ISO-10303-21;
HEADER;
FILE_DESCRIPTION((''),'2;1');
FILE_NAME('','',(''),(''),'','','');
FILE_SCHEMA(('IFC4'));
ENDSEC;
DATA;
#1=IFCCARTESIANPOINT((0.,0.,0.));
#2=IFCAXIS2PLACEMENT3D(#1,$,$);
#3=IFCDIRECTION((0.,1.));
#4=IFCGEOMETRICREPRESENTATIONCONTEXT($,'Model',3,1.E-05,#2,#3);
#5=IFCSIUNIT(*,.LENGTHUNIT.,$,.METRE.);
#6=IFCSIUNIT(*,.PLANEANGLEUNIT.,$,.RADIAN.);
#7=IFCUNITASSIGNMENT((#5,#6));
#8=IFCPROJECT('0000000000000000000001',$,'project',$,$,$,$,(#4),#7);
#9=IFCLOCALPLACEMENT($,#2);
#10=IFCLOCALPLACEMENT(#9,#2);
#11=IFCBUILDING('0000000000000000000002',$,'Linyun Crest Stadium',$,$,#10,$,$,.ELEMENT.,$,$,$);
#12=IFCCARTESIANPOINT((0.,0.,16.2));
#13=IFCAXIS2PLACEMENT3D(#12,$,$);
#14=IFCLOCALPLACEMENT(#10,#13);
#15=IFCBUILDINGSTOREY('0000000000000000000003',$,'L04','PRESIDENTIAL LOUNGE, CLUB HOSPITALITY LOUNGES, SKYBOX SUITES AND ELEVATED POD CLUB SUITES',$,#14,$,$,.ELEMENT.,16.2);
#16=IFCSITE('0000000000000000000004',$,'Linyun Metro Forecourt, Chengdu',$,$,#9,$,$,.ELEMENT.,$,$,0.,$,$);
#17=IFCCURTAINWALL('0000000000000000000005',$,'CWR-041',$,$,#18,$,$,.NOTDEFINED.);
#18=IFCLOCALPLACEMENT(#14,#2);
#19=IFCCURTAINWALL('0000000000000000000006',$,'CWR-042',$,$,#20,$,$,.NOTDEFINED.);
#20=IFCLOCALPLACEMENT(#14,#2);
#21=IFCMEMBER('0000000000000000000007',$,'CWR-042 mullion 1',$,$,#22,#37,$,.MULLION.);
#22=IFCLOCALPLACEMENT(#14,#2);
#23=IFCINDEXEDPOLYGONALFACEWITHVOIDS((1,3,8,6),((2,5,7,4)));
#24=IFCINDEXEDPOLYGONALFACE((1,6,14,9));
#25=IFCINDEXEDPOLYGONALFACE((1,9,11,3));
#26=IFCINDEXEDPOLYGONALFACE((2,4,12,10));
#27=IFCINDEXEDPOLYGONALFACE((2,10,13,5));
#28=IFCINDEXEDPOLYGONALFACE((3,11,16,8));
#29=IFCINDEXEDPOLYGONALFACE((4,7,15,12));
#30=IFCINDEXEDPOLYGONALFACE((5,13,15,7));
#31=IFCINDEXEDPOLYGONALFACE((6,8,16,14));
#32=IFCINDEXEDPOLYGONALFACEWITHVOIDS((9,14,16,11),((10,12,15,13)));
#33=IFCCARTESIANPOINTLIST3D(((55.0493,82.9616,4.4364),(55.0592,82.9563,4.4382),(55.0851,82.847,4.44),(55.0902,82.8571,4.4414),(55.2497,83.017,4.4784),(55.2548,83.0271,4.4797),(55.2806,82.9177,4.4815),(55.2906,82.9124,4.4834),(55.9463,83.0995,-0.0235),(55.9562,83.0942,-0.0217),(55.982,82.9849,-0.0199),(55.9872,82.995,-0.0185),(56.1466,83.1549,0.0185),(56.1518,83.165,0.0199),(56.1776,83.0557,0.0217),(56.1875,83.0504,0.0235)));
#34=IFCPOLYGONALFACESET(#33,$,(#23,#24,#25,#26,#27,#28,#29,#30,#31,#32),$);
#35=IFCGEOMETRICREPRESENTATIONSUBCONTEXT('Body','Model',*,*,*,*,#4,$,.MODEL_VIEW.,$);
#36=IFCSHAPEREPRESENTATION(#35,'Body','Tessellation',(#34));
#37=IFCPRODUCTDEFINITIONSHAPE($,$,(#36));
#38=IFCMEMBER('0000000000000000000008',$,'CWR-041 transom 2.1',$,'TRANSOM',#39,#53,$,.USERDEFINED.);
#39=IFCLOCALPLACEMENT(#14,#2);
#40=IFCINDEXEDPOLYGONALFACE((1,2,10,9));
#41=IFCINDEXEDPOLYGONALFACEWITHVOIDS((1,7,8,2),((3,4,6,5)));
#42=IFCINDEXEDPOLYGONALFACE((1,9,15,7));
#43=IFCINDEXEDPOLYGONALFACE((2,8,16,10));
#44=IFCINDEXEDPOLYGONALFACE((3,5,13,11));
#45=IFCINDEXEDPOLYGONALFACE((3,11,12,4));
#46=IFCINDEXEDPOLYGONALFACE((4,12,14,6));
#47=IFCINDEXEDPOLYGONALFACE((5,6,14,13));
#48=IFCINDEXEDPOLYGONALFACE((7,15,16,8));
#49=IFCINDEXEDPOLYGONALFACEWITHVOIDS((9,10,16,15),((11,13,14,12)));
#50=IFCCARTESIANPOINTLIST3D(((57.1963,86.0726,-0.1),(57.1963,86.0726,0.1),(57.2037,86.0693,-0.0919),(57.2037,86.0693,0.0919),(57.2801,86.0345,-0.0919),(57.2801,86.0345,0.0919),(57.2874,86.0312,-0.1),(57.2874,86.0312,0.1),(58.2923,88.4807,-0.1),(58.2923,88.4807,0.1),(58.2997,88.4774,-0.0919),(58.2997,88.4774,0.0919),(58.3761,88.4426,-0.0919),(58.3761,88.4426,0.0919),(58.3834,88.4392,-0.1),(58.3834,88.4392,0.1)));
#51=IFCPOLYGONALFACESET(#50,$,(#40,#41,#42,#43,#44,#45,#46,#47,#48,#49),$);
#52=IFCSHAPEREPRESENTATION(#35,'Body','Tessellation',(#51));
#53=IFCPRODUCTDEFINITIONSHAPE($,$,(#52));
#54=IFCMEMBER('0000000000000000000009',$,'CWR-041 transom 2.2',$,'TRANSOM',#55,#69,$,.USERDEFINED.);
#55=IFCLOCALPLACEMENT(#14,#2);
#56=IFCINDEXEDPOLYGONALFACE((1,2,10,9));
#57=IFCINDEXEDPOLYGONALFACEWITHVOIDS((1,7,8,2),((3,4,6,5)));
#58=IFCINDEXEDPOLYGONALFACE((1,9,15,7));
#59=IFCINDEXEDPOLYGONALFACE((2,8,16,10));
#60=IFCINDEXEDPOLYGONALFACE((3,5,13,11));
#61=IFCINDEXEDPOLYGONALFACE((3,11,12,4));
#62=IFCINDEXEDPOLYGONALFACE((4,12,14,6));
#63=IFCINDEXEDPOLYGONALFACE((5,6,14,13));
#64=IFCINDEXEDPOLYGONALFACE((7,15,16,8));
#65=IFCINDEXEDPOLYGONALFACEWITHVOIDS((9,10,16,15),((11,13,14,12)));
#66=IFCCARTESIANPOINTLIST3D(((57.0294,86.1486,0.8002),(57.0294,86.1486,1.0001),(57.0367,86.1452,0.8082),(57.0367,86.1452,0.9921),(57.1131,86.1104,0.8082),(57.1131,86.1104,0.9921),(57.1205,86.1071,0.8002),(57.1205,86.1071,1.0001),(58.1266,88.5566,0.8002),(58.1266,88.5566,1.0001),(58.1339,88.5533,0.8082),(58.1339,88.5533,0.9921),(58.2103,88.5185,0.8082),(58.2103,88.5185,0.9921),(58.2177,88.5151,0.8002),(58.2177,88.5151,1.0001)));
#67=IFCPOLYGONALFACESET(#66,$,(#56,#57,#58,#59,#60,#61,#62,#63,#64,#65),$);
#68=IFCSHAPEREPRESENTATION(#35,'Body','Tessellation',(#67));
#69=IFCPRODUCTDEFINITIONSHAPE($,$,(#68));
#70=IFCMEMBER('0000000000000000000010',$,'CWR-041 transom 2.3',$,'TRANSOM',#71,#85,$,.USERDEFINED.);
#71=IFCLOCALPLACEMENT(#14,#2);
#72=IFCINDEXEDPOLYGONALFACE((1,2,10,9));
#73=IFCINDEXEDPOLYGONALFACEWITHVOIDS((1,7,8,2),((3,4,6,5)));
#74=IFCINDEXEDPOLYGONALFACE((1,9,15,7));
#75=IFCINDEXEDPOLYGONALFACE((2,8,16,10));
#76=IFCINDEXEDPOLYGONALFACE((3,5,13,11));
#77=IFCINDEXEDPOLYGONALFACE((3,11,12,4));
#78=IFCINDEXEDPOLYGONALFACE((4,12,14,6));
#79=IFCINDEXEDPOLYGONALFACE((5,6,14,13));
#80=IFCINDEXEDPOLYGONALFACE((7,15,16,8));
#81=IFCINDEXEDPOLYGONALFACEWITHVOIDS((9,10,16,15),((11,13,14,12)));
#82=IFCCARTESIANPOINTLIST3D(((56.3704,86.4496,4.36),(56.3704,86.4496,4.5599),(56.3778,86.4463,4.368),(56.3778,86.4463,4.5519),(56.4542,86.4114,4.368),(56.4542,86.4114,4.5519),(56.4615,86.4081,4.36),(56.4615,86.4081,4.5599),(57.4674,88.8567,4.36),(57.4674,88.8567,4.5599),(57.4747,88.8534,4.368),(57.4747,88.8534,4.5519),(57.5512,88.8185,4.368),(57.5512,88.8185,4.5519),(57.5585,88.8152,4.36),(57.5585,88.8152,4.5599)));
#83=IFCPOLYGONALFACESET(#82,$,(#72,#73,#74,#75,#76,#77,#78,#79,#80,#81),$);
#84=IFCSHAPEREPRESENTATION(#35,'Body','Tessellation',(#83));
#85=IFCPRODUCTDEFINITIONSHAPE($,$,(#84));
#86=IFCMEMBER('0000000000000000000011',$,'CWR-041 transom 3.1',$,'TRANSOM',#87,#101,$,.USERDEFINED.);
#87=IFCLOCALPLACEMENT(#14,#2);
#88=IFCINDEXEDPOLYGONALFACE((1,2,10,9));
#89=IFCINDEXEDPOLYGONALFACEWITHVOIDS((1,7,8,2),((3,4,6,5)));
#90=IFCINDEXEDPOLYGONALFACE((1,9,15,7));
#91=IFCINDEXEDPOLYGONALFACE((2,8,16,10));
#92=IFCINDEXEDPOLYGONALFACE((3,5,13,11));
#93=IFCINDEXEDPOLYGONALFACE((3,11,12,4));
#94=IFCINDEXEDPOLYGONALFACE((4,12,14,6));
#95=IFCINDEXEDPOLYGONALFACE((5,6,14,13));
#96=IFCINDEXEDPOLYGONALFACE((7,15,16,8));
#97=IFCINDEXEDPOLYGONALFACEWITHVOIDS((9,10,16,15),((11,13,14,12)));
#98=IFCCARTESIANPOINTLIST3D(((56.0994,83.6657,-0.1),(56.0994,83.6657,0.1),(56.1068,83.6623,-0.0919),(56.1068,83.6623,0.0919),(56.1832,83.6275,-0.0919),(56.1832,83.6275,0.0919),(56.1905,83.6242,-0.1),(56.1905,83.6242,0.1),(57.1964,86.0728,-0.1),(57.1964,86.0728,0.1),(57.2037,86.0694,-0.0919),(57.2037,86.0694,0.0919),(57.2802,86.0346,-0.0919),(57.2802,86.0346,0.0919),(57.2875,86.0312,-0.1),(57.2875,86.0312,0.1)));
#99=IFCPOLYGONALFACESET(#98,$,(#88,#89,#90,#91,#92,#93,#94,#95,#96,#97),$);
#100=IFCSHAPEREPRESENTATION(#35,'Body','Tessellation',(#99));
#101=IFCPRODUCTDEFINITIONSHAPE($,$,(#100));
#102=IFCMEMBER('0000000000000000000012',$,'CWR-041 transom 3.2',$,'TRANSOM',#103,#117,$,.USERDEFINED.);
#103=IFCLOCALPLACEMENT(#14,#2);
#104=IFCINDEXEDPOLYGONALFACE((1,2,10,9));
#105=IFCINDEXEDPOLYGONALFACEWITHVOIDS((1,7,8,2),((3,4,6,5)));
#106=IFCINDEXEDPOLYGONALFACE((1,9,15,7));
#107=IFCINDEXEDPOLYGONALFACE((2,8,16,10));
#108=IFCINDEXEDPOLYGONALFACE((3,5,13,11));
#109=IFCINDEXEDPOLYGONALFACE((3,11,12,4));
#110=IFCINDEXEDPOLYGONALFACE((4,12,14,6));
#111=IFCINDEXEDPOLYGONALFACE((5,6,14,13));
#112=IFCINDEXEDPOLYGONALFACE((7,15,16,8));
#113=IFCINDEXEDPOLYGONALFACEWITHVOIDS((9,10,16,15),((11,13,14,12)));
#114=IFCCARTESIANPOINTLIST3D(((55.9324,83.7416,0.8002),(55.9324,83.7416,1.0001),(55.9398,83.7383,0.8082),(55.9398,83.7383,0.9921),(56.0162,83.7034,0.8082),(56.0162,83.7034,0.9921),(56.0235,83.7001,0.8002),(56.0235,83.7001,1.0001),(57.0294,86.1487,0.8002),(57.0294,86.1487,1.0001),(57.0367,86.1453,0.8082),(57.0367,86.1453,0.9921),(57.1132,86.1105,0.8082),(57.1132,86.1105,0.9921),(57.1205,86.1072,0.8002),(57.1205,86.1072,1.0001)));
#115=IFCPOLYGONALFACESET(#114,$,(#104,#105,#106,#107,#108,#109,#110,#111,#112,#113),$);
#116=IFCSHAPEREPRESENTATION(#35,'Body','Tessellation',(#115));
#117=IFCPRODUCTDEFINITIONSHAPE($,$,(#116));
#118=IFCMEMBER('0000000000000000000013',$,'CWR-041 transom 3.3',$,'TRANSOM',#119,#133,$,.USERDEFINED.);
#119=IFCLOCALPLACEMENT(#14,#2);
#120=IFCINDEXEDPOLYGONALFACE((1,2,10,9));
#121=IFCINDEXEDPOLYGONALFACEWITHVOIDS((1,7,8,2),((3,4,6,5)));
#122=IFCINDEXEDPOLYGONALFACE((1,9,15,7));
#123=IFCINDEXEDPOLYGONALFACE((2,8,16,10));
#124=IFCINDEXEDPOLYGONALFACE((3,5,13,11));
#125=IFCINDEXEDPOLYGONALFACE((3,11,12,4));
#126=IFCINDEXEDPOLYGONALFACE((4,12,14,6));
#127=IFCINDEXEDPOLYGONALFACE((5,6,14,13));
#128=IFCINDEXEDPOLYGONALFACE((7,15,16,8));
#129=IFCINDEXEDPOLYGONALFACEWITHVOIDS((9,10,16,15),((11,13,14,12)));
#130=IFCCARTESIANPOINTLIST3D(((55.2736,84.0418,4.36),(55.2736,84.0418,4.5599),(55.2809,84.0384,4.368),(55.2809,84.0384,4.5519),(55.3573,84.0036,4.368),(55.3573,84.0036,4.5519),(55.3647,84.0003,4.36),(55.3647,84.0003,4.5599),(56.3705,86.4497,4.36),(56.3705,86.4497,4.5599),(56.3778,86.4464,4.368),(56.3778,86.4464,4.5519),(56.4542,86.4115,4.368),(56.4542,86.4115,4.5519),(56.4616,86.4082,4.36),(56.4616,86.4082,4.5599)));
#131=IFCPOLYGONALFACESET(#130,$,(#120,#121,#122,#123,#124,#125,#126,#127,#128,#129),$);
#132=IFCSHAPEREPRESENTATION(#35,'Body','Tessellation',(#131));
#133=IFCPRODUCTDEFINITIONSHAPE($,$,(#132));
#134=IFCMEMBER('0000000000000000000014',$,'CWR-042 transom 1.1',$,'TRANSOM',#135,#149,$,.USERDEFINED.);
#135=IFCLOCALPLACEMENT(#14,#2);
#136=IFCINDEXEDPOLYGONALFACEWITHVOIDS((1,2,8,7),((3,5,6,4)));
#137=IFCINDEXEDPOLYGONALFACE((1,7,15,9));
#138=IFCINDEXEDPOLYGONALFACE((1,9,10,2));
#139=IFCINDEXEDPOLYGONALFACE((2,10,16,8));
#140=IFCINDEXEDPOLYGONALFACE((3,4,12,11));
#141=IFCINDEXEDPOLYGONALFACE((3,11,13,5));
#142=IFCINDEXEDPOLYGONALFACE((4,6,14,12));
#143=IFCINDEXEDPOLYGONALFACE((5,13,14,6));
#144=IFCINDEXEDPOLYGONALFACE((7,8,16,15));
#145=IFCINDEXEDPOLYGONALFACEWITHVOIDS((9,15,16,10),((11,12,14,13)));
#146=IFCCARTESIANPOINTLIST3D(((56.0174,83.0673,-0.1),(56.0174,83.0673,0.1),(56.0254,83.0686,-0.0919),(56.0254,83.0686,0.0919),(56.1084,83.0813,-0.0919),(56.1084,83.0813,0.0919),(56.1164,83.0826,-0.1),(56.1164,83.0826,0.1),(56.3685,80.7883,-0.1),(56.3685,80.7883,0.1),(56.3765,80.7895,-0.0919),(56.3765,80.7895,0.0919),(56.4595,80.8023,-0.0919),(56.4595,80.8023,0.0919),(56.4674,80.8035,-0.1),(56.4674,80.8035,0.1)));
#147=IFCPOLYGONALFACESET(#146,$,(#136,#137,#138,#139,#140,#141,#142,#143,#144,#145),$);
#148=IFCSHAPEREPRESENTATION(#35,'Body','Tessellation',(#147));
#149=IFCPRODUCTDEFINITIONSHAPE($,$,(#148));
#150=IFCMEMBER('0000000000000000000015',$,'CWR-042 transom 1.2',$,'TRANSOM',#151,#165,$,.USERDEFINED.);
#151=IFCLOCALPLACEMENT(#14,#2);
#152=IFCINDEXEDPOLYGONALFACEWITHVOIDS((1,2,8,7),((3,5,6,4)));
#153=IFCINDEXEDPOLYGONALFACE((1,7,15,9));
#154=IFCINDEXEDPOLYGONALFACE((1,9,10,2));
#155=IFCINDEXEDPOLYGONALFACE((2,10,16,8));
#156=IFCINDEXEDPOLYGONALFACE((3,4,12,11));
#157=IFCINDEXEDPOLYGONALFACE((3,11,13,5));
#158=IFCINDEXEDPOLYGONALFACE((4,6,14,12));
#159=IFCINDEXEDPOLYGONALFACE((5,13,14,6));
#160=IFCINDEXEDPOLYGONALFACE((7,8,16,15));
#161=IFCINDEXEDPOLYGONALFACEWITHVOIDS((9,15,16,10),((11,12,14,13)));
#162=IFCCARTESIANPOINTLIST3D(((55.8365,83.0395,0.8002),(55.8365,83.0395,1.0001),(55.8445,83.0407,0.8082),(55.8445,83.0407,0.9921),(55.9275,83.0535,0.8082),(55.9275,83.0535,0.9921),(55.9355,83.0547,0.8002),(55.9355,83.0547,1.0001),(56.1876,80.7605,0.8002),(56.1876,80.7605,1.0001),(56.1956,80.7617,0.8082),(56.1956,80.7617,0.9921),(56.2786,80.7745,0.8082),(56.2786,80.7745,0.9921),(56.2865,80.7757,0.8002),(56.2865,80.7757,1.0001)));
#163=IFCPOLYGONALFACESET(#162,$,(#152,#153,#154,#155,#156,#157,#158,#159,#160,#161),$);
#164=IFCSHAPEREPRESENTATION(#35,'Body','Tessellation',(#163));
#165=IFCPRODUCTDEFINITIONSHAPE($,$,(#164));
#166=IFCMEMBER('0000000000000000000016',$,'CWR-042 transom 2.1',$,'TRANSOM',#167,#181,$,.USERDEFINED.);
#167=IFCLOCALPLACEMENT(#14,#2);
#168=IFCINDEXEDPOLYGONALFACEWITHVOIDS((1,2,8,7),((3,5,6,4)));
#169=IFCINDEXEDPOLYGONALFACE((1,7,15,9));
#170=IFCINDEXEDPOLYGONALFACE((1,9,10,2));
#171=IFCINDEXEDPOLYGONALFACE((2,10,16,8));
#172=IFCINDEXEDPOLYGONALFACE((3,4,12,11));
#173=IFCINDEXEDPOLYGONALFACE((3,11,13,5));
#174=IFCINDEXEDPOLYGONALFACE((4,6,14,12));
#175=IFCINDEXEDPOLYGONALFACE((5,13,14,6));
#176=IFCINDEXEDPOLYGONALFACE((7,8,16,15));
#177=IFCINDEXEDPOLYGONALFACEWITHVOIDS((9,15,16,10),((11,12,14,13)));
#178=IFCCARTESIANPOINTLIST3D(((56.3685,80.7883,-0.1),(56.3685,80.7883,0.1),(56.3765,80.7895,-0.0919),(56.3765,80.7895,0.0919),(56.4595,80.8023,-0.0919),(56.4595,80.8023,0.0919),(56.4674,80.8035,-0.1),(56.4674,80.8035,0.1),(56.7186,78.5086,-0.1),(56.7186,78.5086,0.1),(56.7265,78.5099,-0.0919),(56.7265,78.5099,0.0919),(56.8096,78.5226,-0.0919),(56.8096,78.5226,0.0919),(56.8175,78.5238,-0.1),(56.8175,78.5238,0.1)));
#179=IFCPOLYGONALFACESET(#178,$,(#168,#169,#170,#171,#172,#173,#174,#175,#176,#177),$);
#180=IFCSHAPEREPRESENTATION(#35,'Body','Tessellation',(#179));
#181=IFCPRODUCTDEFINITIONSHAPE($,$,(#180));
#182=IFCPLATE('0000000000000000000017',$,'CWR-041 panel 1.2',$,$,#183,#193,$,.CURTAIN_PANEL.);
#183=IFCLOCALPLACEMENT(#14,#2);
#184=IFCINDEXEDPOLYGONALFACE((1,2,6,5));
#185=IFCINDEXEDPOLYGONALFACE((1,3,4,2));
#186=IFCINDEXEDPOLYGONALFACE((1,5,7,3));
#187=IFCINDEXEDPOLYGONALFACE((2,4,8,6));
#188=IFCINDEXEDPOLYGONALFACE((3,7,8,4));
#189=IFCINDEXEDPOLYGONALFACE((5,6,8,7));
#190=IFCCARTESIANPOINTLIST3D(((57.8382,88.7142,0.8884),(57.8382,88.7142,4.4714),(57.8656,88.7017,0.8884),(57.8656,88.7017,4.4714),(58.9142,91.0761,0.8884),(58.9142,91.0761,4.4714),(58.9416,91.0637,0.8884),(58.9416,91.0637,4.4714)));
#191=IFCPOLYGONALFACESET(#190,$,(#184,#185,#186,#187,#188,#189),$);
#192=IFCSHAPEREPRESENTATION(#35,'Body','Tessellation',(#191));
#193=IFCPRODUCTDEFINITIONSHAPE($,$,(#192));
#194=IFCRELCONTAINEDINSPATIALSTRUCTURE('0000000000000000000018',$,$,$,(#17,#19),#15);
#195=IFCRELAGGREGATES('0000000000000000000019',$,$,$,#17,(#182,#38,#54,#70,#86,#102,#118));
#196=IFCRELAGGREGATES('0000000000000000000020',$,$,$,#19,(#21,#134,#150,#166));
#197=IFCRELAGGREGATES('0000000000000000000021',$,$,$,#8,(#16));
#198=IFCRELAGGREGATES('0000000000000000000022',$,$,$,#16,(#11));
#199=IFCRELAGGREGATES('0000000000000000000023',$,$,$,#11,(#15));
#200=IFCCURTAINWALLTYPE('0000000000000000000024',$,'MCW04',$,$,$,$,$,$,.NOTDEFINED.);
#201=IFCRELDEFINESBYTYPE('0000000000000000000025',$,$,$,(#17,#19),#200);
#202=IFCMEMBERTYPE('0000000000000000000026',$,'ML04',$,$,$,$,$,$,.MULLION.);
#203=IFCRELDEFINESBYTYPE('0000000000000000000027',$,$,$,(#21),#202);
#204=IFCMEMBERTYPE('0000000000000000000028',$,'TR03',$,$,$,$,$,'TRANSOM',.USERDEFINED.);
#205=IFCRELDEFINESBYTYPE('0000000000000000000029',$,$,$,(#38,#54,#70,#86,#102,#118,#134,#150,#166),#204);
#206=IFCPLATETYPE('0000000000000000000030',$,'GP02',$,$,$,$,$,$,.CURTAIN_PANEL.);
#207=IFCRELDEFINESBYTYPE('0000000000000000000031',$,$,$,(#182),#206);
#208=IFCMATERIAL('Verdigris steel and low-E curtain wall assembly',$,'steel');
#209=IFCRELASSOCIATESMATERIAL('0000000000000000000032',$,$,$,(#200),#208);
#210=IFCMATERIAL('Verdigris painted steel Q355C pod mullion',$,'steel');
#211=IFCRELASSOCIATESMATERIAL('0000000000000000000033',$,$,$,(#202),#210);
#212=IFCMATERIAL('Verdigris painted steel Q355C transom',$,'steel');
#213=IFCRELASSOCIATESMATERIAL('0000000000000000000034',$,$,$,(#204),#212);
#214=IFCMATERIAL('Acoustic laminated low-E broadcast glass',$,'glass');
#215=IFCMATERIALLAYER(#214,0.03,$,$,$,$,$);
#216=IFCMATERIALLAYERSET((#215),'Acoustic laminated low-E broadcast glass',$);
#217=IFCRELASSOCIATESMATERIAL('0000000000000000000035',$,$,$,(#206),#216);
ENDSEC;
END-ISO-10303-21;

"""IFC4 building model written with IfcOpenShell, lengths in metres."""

from ifc_helpers import new_model, si_unit, direction, frame, origin, origin_2d, place, context, subcontext, project, spatial, rectangle, hollow_rectangle, extrude, material, layer, layer_set, material_profile, profile_set, type_object, element, aggregate, save


model = new_model("IFC4")

# Units and contexts
model_context = context("Model", 3, precision=1e-05, world=origin(), true_north=direction((0.0, 1.0)))
body_context = subcontext(model_context, "Body", "Model", "MODEL_VIEW")
ifc_project = project(units=[si_unit("LENGTHUNIT", "METRE"), si_unit("PLANEANGLEUNIT", "RADIAN")], contexts=[model_context])

# Site, building, storey
site_placement = place(None, origin())
site = spatial("IfcSite", under=ifc_project, at=site_placement, Name="Linyun Metro Forecourt, Chengdu", CompositionType="ELEMENT", RefElevation=0.0)
building_placement = place(site_placement, origin())
building = spatial("IfcBuilding", under=site, at=building_placement, Name="Linyun Crest Stadium", CompositionType="ELEMENT")
storey_placement = place(building_placement, frame((0.0, 0.0, 16.2)))
storey = spatial("IfcBuildingStorey", under=building, at=storey_placement, Name="L04", Description="PRESIDENTIAL LOUNGE, CLUB HOSPITALITY LOUNGES, SKYBOX SUITES AND ELEVATED POD CLUB SUITES", CompositionType="ELEMENT", Elevation=16.2)

# Curtain wall
ifc_material_1 = material(Name="Verdigris steel and low-E curtain wall assembly", Category="steel")
curtain_wall_type = type_object("IfcCurtainWallType", Name="MCW04", PredefinedType="NOTDEFINED", material=ifc_material_1)
curtain_wall_1_placement = place(storey_placement, origin())
curtain_wall_1 = element("IfcCurtainWall", 1, at=curtain_wall_1_placement, inside=storey, type_object=curtain_wall_type, Name="CWR-041", PredefinedType="NOTDEFINED")
ifc_material_2 = material(Name="Verdigris painted steel Q355C pod mullion", Category="steel")
ifc_material_profile_1 = material_profile(ifc_material_2, hollow_rectangle(XDim=0.1201, YDim=0.22, WallThickness=0.0081, at=origin_2d()), Name="RHS 220x120x8")
ifc_profile_set_1 = profile_set([ifc_material_profile_1], Name="Verdigris painted steel Q355C pod mullion")
member_type_1 = type_object("IfcMemberType", Name="ML04", PredefinedType="MULLION", material=ifc_profile_set_1)

# Curtain wall, member
curtain_wall_2_placement = place(storey_placement, origin())
curtain_wall_2 = element("IfcCurtainWall", 2, at=curtain_wall_2_placement, inside=storey, type_object=curtain_wall_type, Name="CWR-042", PredefinedType="NOTDEFINED")
member_1_placement = place(storey_placement, frame((56.0669, 83.075, 0.0), z_axis=(-0.197078, -0.030307, 0.979919), x_axis=(0.297564, -0.95422, 0.030333)))
member_1 = element("IfcMember", 3, at=member_1_placement, type_object=member_type_1, Name="CWR-042 mullion 1", PredefinedType="MULLION", context=body_context, shape_type="SweptSolid", body=[
    extrude(hollow_rectangle(XDim=0.1201, YDim=0.22, WallThickness=0.0081, at=origin_2d()), origin(), (0.0, 0.0, 1.0), 4.5513),
])

# Members
ifc_material_3 = material(Name="Verdigris painted steel Q355C transom", Category="steel")
ifc_material_profile_2 = material_profile(ifc_material_3, hollow_rectangle(XDim=0.1001, YDim=0.2, WallThickness=0.0081, at=origin_2d()), Name="RHS 200x100x8")
ifc_profile_set_2 = profile_set([ifc_material_profile_2], Name="Verdigris painted steel Q355C transom")
member_type_2 = type_object("IfcMemberType", Name="TR03", ElementType="TRANSOM", PredefinedType="USERDEFINED", material=ifc_profile_set_2)
member_2_placement = place(storey_placement, frame((58.3379, 88.46, 0.0), z_axis=(-0.414248, -0.910164, 0.0), x_axis=(0.910164, -0.414248, 0.0)))
member_2 = element("IfcMember", 4, at=member_2_placement, type_object=member_type_2, Name="CWR-041 transom 2.1", ObjectType="TRANSOM", PredefinedType="USERDEFINED", context=body_context, shape_type="SweptSolid", body=[
    extrude(hollow_rectangle(XDim=0.1001, YDim=0.2, WallThickness=0.0081, at=origin_2d()), origin(), (0.0, 0.0, 1.0), 2.6458),
])
member_3_placement = place(storey_placement, frame((58.1721, 88.5359, 0.9001), z_axis=(-0.41463, -0.90999, 0.0), x_axis=(0.90999, -0.41463, 0.0)))
member_3 = element("IfcMember", 5, at=member_3_placement, type_object=member_type_2, Name="CWR-041 transom 2.2", ObjectType="TRANSOM", PredefinedType="USERDEFINED", context=body_context, shape_type="SweptSolid", body=[
    extrude(hollow_rectangle(XDim=0.1001, YDim=0.2, WallThickness=0.0081, at=origin_2d()), origin(), (0.0, 0.0, 1.0), 2.6462),
])
member_4_placement = place(storey_placement, frame((57.5129, 88.8359, 4.46), z_axis=(-0.414693, -0.909961, 0.0), x_axis=(0.909961, -0.414693, 0.0)))
member_4 = element("IfcMember", 6, at=member_4_placement, type_object=member_type_2, Name="CWR-041 transom 2.3", ObjectType="TRANSOM", PredefinedType="USERDEFINED", context=body_context, shape_type="SweptSolid", body=[
    extrude(hollow_rectangle(XDim=0.1001, YDim=0.2, WallThickness=0.0081, at=origin_2d()), origin(), (0.0, 0.0, 1.0), 2.6453),
])
member_5_placement = place(storey_placement, frame((57.2419, 86.052, 0.0), z_axis=(-0.414693, -0.909961, 0.0), x_axis=(0.909961, -0.414693, 0.0)))
member_5 = element("IfcMember", 7, at=member_5_placement, type_object=member_type_2, Name="CWR-041 transom 3.1", ObjectType="TRANSOM", PredefinedType="USERDEFINED", context=body_context, shape_type="SweptSolid", body=[
    extrude(hollow_rectangle(XDim=0.1001, YDim=0.2, WallThickness=0.0081, at=origin_2d()), origin(), (0.0, 0.0, 1.0), 2.6453),
])
member_6_placement = place(storey_placement, frame((57.075, 86.1279, 0.9001), z_axis=(-0.414693, -0.909961, 0.0), x_axis=(0.909961, -0.414693, 0.0)))
member_6 = element("IfcMember", 8, at=member_6_placement, type_object=member_type_2, Name="CWR-041 transom 3.2", ObjectType="TRANSOM", PredefinedType="USERDEFINED", context=body_context, shape_type="SweptSolid", body=[
    extrude(hollow_rectangle(XDim=0.1001, YDim=0.2, WallThickness=0.0081, at=origin_2d()), origin(), (0.0, 0.0, 1.0), 2.6453),
])
member_7_placement = place(storey_placement, frame((56.416, 86.429, 4.46), z_axis=(-0.414554, -0.910025, 0.0), x_axis=(0.910025, -0.414554, 0.0)))
member_7 = element("IfcMember", 9, at=member_7_placement, type_object=member_type_2, Name="CWR-041 transom 3.3", ObjectType="TRANSOM", PredefinedType="USERDEFINED", context=body_context, shape_type="SweptSolid", body=[
    extrude(hollow_rectangle(XDim=0.1001, YDim=0.2, WallThickness=0.0081, at=origin_2d()), origin(), (0.0, 0.0, 1.0), 2.646),
])
member_8_placement = place(storey_placement, frame((56.0669, 83.075, 0.0), z_axis=(0.152248, -0.988342, 0.0), x_axis=(0.988342, 0.152248, 0.0)))
member_8 = element("IfcMember", 10, at=member_8_placement, type_object=member_type_2, Name="CWR-042 transom 1.1", ObjectType="TRANSOM", PredefinedType="USERDEFINED", context=body_context, shape_type="SweptSolid", body=[
    extrude(hollow_rectangle(XDim=0.1001, YDim=0.2, WallThickness=0.0081, at=origin_2d()), origin(), (0.0, 0.0, 1.0), 2.3059),
])
member_9_placement = place(storey_placement, frame((55.886, 83.0471, 0.9001), z_axis=(0.152248, -0.988342, 0.0), x_axis=(0.988342, 0.152248, 0.0)))
member_9 = element("IfcMember", 11, at=member_9_placement, type_object=member_type_2, Name="CWR-042 transom 1.2", ObjectType="TRANSOM", PredefinedType="USERDEFINED", context=body_context, shape_type="SweptSolid", body=[
    extrude(hollow_rectangle(XDim=0.1001, YDim=0.2, WallThickness=0.0081, at=origin_2d()), origin(), (0.0, 0.0, 1.0), 2.3059),
])
member_10_placement = place(storey_placement, frame((56.418, 80.7959, 0.0), z_axis=(0.151787, -0.988413, 0.0), x_axis=(0.988413, 0.151787, 0.0)))
member_10 = element("IfcMember", 12, at=member_10_placement, type_object=member_type_2, Name="CWR-042 transom 2.1", ObjectType="TRANSOM", PredefinedType="USERDEFINED", context=body_context, shape_type="SweptSolid", body=[
    extrude(hollow_rectangle(XDim=0.1001, YDim=0.2, WallThickness=0.0081, at=origin_2d()), origin(), (0.0, 0.0, 1.0), 2.3064),
])

# Plate
ifc_material_4 = material(Name="Acoustic laminated low-E broadcast glass", Category="glass")
ifc_layer_1 = layer(ifc_material_4, 0.03)
ifc_layer_set_1 = layer_set([ifc_layer_1], Name="Acoustic laminated low-E broadcast glass")
plate_type_1 = type_object("IfcPlateType", Name="GP02", PredefinedType="CURTAIN_PANEL", material=ifc_layer_set_1)
plate_1_placement = place(storey_placement, frame((58.3899, 89.8889, 0.8884), z_axis=(0.0, 0.0, 1.0), x_axis=(-0.414566, -0.910019, 0.0)))
plate_1 = element("IfcPlate", 13, at=plate_1_placement, type_object=plate_type_1, Name="CWR-041 panel 1.2", PredefinedType="CURTAIN_PANEL", context=body_context, shape_type="SweptSolid", body=[
    extrude(rectangle(XDim=2.5955, YDim=0.03, at=origin_2d()), origin(), (0.0, 0.0, 1.0), 3.583),
])
aggregate(curtain_wall_1, [plate_1, member_2, member_3, member_4, member_5, member_6, member_7])
aggregate(curtain_wall_2, [member_1, member_8, member_9, member_10])

save(model, "model.ifc")
